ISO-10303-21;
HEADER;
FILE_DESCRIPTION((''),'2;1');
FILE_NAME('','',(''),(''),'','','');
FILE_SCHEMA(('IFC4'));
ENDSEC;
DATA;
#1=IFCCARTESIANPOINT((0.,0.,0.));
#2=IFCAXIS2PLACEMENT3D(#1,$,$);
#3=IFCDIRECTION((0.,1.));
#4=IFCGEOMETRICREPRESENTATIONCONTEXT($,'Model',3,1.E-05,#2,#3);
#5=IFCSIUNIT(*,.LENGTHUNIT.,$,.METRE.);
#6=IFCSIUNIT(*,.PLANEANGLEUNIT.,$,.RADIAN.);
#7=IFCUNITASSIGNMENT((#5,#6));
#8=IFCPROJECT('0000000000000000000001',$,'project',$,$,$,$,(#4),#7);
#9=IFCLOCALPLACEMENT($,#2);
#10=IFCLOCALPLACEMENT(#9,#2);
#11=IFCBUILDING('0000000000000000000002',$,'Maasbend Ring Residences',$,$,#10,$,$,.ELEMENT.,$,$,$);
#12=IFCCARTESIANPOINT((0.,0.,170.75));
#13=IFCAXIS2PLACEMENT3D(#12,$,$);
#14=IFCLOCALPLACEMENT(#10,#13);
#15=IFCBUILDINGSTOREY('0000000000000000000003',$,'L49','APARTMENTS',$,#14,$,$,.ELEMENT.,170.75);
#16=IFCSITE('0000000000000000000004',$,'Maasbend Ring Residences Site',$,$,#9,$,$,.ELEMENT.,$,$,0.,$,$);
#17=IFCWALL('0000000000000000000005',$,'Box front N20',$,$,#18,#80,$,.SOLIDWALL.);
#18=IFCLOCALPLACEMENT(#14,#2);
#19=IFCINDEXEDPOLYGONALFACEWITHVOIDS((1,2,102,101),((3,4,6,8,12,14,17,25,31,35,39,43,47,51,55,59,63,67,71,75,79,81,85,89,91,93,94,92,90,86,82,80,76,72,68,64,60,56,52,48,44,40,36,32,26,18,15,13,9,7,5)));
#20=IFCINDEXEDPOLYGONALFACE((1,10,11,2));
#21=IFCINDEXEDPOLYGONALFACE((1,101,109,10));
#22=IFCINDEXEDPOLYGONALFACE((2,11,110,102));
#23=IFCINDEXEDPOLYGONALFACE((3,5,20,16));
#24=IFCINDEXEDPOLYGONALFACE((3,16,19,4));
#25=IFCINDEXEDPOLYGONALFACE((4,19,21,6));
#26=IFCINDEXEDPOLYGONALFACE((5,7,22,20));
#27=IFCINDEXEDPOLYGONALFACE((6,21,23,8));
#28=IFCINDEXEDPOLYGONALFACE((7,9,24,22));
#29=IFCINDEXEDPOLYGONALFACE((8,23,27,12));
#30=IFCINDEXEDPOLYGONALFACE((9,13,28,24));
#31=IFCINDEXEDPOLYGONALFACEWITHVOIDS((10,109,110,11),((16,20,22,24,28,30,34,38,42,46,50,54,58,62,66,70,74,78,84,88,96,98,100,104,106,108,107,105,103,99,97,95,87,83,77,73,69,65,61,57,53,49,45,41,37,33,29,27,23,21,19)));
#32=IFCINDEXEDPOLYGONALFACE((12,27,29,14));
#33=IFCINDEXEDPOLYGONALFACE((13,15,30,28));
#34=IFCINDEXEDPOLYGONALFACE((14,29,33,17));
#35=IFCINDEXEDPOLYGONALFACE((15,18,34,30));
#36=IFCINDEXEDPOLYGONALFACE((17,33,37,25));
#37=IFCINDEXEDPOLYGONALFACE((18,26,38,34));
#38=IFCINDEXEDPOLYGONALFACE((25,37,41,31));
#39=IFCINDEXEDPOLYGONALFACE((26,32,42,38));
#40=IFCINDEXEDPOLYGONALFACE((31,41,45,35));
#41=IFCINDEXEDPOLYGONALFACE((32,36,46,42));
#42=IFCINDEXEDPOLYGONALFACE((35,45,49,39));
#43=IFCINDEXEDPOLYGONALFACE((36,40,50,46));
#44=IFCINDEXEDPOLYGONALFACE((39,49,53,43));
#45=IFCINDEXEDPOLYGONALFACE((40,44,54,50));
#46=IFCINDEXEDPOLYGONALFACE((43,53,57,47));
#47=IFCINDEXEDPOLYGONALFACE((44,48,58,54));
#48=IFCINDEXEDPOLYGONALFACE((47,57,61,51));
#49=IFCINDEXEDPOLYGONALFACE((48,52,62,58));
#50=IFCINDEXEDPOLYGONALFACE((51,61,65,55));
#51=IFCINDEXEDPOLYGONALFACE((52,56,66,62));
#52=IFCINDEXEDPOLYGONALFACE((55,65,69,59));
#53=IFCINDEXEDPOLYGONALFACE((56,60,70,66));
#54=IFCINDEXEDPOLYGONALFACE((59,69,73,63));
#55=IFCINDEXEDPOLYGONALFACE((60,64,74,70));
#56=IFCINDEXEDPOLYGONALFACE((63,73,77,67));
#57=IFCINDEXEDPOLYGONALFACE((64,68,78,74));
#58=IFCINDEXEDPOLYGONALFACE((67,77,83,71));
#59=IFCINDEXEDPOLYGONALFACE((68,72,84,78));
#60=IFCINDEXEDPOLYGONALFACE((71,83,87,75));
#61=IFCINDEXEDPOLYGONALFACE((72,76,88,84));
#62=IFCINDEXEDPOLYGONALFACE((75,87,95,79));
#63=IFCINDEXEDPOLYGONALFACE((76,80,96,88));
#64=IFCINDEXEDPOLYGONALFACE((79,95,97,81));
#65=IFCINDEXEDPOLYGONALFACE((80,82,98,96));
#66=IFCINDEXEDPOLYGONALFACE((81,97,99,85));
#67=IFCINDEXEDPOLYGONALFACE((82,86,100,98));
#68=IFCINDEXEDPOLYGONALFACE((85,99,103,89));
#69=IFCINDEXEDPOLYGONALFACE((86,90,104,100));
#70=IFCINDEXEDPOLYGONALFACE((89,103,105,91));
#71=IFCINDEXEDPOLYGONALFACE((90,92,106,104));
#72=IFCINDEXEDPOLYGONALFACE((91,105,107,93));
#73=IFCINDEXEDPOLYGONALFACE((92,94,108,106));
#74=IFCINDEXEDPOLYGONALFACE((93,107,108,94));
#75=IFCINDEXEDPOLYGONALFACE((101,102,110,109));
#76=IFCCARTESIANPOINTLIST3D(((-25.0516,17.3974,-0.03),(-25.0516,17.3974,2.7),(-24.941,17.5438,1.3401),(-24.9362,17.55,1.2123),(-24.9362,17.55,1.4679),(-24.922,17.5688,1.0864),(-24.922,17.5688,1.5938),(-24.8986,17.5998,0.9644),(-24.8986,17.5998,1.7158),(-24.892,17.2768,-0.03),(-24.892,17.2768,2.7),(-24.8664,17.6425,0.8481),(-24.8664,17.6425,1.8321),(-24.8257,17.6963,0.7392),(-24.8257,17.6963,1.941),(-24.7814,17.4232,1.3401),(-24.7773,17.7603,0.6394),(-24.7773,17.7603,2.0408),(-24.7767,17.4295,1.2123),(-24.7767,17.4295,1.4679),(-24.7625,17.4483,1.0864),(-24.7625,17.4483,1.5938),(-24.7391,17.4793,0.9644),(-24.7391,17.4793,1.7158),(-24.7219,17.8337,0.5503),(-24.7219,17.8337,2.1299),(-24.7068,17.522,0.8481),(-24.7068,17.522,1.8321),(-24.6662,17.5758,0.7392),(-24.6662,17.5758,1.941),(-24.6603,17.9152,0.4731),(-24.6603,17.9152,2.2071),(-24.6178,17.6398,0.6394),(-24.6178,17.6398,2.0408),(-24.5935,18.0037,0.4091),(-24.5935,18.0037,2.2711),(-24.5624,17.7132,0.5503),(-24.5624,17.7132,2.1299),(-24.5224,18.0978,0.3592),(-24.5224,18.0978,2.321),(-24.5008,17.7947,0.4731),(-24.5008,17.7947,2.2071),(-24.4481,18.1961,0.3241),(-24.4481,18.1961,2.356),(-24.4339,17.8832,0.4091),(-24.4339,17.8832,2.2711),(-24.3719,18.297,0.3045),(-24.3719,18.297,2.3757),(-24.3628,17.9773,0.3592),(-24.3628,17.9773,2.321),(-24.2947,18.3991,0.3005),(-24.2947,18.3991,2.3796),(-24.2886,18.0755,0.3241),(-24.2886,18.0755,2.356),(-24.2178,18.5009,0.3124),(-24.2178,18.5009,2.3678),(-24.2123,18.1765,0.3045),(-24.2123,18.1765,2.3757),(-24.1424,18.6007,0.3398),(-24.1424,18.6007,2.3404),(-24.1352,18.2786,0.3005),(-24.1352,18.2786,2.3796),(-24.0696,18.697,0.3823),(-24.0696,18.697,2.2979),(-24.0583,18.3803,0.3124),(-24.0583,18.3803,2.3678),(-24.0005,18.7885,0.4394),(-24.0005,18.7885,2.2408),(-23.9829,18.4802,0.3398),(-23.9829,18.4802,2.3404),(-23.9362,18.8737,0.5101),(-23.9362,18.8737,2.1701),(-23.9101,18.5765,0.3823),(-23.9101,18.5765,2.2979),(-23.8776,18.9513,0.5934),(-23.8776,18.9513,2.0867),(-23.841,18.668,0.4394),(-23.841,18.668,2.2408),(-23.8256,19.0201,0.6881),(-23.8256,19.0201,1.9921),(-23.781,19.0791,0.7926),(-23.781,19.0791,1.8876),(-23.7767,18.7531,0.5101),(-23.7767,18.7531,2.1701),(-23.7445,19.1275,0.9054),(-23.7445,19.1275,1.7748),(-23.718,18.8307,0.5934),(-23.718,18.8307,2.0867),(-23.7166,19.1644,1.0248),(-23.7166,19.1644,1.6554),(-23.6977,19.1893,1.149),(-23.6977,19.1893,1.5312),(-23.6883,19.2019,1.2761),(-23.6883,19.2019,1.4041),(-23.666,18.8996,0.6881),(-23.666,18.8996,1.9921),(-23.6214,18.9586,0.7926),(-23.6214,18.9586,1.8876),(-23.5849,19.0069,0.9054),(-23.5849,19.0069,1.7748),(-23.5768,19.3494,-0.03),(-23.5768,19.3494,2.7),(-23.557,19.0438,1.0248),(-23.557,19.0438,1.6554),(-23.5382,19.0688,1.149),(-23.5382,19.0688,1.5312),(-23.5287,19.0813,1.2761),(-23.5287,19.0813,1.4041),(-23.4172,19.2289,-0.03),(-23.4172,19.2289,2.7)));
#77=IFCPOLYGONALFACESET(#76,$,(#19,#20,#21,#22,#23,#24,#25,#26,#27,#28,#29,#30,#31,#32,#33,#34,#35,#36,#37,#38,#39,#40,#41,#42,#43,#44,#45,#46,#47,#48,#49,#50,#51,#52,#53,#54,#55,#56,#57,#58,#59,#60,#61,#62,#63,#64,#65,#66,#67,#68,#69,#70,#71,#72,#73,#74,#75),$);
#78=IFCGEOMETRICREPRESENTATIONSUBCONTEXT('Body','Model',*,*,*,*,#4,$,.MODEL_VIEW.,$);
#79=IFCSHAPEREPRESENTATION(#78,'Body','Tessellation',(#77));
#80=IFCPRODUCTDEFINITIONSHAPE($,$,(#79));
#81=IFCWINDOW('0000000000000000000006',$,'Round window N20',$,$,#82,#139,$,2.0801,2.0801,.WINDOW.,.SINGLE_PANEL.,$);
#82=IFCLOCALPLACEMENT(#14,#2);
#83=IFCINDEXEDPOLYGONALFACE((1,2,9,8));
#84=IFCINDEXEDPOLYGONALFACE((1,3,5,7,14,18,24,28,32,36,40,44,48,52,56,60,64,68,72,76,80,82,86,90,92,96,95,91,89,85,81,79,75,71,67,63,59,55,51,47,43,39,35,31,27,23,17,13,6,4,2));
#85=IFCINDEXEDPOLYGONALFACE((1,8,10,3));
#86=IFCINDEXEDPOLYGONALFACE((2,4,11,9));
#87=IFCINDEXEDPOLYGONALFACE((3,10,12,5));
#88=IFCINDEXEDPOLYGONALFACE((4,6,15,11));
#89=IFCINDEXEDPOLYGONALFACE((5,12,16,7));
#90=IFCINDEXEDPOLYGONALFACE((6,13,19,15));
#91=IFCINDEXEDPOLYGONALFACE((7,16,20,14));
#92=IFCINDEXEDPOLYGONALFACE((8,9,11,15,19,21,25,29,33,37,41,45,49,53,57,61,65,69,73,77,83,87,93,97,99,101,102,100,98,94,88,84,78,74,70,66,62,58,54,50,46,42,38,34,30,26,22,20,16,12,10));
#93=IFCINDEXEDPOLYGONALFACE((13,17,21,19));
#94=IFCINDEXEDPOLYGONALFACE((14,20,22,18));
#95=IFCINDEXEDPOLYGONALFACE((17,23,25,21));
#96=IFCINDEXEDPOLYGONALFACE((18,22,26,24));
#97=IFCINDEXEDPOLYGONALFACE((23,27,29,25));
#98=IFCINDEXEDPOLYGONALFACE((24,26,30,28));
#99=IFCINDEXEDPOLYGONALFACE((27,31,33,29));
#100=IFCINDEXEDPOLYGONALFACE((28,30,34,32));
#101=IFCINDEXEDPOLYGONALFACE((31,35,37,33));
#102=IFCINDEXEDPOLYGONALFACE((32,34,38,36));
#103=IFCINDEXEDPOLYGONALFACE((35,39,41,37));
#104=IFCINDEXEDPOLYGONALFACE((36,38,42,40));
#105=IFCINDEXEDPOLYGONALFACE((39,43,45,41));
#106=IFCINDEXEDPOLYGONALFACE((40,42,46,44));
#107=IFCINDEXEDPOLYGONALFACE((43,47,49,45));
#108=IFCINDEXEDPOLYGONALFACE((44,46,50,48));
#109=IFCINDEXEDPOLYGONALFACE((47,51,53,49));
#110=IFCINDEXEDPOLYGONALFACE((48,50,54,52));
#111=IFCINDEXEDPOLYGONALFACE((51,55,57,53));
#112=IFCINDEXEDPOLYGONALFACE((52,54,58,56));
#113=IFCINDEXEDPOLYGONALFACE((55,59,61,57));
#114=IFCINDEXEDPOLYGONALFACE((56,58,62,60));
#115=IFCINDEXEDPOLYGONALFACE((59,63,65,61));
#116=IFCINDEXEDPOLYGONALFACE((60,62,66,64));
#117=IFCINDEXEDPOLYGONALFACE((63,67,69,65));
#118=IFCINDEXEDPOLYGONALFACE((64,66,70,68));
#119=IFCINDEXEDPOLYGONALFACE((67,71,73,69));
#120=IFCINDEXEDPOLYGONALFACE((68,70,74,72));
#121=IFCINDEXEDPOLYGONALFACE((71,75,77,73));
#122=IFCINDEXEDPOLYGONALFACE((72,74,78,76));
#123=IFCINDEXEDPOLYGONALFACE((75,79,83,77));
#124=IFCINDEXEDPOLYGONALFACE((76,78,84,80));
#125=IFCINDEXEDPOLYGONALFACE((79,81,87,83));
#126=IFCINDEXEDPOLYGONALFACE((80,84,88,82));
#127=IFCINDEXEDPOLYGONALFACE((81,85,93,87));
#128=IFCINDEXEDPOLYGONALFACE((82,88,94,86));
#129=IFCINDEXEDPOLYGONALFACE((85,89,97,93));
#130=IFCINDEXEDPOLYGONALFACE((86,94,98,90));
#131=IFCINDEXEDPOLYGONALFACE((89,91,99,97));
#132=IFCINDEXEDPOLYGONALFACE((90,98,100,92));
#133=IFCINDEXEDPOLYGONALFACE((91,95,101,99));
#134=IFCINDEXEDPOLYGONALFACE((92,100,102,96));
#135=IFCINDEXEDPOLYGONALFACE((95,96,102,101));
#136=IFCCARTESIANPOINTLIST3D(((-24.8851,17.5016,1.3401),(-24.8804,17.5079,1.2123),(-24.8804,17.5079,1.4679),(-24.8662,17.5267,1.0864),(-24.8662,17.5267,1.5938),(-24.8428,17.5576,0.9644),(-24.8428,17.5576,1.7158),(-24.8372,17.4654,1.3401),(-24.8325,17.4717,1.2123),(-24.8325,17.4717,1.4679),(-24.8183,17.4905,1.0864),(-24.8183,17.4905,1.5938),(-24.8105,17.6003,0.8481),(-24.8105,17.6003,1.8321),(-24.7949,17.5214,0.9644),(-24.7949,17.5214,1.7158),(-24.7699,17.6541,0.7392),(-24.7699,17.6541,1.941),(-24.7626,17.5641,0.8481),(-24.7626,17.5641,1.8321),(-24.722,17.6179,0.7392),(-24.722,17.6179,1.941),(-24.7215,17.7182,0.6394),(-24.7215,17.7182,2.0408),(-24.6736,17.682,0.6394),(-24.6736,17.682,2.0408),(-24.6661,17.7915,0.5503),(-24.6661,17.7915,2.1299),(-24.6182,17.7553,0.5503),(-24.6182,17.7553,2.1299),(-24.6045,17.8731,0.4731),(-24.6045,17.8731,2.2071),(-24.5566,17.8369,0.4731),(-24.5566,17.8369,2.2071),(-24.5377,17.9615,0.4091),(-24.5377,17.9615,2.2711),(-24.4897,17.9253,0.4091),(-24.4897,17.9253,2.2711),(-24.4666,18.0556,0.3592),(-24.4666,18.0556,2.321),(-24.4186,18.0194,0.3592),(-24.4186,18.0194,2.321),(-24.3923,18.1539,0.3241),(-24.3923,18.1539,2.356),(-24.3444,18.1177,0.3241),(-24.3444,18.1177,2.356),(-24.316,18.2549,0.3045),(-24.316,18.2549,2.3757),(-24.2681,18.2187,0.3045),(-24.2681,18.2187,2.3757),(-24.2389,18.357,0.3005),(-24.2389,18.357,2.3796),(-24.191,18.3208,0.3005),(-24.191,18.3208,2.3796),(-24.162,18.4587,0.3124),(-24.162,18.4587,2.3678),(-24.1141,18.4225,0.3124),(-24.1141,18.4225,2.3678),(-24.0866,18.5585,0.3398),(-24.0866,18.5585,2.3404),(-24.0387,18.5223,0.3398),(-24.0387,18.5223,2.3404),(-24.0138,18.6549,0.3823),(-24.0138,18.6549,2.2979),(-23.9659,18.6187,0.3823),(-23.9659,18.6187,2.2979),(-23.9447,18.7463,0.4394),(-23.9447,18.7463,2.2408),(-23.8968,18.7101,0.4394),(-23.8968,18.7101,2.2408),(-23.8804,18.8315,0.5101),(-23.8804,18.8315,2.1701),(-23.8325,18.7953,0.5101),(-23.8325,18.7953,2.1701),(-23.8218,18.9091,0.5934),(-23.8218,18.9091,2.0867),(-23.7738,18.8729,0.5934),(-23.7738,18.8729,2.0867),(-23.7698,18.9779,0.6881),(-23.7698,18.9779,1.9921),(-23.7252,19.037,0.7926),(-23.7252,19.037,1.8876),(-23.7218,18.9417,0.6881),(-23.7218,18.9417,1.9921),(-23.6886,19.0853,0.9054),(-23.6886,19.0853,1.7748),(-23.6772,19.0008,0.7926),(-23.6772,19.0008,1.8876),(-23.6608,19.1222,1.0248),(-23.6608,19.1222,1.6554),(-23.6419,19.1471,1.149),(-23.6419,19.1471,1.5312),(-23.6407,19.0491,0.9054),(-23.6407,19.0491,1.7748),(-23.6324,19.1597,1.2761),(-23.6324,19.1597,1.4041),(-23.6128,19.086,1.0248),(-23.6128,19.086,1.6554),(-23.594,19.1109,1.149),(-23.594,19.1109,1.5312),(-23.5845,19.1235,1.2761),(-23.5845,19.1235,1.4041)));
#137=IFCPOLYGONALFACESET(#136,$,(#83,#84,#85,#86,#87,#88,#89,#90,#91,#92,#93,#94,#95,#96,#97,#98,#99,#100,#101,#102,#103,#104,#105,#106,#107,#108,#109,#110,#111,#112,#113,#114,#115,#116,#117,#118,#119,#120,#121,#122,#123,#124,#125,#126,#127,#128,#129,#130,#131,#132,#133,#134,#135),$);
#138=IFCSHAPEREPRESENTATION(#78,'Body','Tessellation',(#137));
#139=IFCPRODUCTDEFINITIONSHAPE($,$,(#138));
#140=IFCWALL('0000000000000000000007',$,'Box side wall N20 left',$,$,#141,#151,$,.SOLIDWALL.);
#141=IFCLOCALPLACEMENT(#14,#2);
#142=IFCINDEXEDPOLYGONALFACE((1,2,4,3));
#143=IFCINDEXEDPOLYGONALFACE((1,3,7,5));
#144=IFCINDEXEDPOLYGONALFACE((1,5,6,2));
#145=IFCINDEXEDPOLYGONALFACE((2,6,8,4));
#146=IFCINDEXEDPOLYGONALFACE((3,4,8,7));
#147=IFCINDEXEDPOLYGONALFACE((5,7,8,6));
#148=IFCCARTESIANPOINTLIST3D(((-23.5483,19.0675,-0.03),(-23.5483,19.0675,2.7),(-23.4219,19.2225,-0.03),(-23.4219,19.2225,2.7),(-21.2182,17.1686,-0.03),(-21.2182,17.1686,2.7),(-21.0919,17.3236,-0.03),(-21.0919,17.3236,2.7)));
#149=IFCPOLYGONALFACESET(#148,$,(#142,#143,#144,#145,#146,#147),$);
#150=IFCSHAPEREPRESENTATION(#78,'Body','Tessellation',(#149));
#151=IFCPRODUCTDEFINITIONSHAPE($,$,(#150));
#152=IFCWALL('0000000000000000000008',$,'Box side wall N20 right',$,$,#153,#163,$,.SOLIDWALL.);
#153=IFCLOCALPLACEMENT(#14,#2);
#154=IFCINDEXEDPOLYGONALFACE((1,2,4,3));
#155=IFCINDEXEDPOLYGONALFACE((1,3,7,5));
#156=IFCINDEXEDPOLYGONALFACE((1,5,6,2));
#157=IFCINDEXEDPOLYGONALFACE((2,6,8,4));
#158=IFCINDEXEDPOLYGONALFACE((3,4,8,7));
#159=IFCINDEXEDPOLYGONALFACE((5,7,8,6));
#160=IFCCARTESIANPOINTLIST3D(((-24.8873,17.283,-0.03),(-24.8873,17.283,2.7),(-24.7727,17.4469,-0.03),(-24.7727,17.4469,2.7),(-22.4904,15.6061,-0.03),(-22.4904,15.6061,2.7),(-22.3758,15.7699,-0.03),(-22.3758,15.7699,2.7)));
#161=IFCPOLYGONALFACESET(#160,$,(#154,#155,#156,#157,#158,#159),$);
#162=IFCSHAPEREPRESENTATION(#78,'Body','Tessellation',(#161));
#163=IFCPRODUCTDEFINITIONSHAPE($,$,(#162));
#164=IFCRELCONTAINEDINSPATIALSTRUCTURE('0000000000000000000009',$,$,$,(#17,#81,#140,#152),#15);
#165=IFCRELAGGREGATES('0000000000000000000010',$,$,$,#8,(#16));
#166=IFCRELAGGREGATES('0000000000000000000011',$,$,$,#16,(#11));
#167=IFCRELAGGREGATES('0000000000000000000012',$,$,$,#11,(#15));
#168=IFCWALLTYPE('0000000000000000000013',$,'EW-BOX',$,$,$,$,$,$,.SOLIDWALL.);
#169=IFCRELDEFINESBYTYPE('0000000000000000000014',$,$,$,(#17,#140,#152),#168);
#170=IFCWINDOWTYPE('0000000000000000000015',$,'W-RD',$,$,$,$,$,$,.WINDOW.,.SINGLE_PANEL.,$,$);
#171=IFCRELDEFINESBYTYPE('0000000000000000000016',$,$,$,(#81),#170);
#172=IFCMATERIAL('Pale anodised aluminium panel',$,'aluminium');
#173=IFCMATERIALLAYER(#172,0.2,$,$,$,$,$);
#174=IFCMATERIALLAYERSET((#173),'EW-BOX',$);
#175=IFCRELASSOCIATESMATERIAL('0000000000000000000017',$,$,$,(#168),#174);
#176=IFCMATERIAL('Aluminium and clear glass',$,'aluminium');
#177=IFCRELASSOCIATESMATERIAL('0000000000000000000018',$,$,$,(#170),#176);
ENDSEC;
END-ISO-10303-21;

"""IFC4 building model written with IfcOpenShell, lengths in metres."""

from ifc_helpers import new_model, si_unit, direction, frame, frame_2d, origin, place, context, subcontext, project, spatial, rectangle, circle, extrude, material, layer, layer_set, type_object, element, fill, save


model = new_model("IFC4")

# Units and contexts
model_context = context("Model", 3, precision=1e-05, world=origin(), true_north=direction((0.0, 1.0)))
body_context = subcontext(model_context, "Body", "Model", "MODEL_VIEW")
ifc_project = project(units=[si_unit("LENGTHUNIT", "METRE"), si_unit("PLANEANGLEUNIT", "RADIAN")], contexts=[model_context])

# Site, building, storey
site_placement = place(None, origin())
site = spatial("IfcSite", under=ifc_project, at=site_placement, Name="Maasbend Ring Residences Site", CompositionType="ELEMENT", RefElevation=0.0)
building_placement = place(site_placement, origin())
building = spatial("IfcBuilding", under=site, at=building_placement, Name="Maasbend Ring Residences", CompositionType="ELEMENT")
storey_placement = place(building_placement, frame((0.0, 0.0, 170.75)))
storey = spatial("IfcBuildingStorey", under=building, at=storey_placement, Name="L49", Description="APARTMENTS", CompositionType="ELEMENT", Elevation=170.75)

# Wall, opening, window
ifc_material_1 = material(Name="Pale anodised aluminium panel", Category="aluminium")
ifc_layer_1 = layer(ifc_material_1, 0.2)
ifc_layer_set_1 = layer_set([ifc_layer_1], Name="EW-BOX")
wall_type_1 = type_object("IfcWallType", Name="EW-BOX", PredefinedType="SOLIDWALL", material=ifc_layer_set_1)
wall_1_placement = place(storey_placement, frame((-23.4971, 19.2891, -0.03), z_axis=(0.0, 0.0, 1.0), x_axis=(-0.602806, -0.797888, 0.0)))
wall_1 = element("IfcWall", 1, at=wall_1_placement, inside=storey, type_object=wall_type_1, Name="Box front N20", PredefinedType="SOLIDWALL", context=body_context, shape_type="SweptSolid", body=[
    extrude(rectangle(XDim=2.4465, YDim=0.2, at=frame_2d((1.2231, 0.0))), origin(), (0.0, 0.0, 1.0), 2.73),
])
opening_1_placement = place(wall_1_placement, frame((0.1829, 0.0, 0.3301)))
opening_1 = element("IfcOpeningElement", 2, at=opening_1_placement, cuts=wall_1, PredefinedType="OPENING", context=body_context, shape_type="SweptSolid", body=[
    extrude(circle(Radius=1.04, at=frame_2d((1.04, 1.04))), frame((0.0, 0.1099, 0.0), z_axis=(0.0, -1.0, 0.0), x_axis=(1.0, 0.0, 0.0)), (0.0, 0.0, 1.0), 0.22),
])
ifc_material_2 = material(Name="Aluminium and clear glass", Category="aluminium")
window_type_1 = type_object("IfcWindowType", Name="W-RD", PartitioningType="SINGLE_PANEL", PredefinedType="WINDOW", material=ifc_material_2)
window_1_placement = place(opening_1_placement, origin())
window_1 = element("IfcWindow", 3, at=window_1_placement, inside=storey, type_object=window_type_1, Name="Round window N20", OverallHeight=2.0801, OverallWidth=2.0801, PartitioningType="SINGLE_PANEL", PredefinedType="WINDOW", context=body_context, shape_type="SweptSolid", body=[
    extrude(circle(Radius=1.04, at=frame_2d((1.04, 1.04))), frame((0.0, 0.03, 0.0), z_axis=(0.0, -1.0, 0.0), x_axis=(1.0, 0.0, 0.0)), (0.0, 0.0, 1.0), 0.0601),
])
fill(opening_1, window_1)

# Walls
wall_2_placement = place(storey_placement, frame((-21.155, 17.2461, -0.03), z_axis=(0.0, 0.0, 1.0), x_axis=(-0.775179, 0.631742, 0.0)))
element("IfcWall", 4, at=wall_2_placement, inside=storey, type_object=wall_type_1, Name="Box side wall N20 left", PredefinedType="SOLIDWALL", context=body_context, shape_type="SweptSolid", body=[
    extrude(rectangle(XDim=3.0059, YDim=0.2, at=frame_2d((1.5029, 0.0))), origin(), (0.0, 0.0, 1.0), 2.73),
])
wall_3_placement = place(storey_placement, frame((-22.4331, 15.688, -0.03), z_axis=(0.0, 0.0, 1.0), x_axis=(-0.819373, 0.573261, 0.0)))
element("IfcWall", 5, at=wall_3_placement, inside=storey, type_object=wall_type_1, Name="Box side wall N20 right", PredefinedType="SOLIDWALL", context=body_context, shape_type="SweptSolid", body=[
    extrude(rectangle(XDim=2.9253, YDim=0.2, at=frame_2d((1.4626, 0.0))), origin(), (0.0, 0.0, 1.0), 2.73),
])

save(model, "model.ifc")
